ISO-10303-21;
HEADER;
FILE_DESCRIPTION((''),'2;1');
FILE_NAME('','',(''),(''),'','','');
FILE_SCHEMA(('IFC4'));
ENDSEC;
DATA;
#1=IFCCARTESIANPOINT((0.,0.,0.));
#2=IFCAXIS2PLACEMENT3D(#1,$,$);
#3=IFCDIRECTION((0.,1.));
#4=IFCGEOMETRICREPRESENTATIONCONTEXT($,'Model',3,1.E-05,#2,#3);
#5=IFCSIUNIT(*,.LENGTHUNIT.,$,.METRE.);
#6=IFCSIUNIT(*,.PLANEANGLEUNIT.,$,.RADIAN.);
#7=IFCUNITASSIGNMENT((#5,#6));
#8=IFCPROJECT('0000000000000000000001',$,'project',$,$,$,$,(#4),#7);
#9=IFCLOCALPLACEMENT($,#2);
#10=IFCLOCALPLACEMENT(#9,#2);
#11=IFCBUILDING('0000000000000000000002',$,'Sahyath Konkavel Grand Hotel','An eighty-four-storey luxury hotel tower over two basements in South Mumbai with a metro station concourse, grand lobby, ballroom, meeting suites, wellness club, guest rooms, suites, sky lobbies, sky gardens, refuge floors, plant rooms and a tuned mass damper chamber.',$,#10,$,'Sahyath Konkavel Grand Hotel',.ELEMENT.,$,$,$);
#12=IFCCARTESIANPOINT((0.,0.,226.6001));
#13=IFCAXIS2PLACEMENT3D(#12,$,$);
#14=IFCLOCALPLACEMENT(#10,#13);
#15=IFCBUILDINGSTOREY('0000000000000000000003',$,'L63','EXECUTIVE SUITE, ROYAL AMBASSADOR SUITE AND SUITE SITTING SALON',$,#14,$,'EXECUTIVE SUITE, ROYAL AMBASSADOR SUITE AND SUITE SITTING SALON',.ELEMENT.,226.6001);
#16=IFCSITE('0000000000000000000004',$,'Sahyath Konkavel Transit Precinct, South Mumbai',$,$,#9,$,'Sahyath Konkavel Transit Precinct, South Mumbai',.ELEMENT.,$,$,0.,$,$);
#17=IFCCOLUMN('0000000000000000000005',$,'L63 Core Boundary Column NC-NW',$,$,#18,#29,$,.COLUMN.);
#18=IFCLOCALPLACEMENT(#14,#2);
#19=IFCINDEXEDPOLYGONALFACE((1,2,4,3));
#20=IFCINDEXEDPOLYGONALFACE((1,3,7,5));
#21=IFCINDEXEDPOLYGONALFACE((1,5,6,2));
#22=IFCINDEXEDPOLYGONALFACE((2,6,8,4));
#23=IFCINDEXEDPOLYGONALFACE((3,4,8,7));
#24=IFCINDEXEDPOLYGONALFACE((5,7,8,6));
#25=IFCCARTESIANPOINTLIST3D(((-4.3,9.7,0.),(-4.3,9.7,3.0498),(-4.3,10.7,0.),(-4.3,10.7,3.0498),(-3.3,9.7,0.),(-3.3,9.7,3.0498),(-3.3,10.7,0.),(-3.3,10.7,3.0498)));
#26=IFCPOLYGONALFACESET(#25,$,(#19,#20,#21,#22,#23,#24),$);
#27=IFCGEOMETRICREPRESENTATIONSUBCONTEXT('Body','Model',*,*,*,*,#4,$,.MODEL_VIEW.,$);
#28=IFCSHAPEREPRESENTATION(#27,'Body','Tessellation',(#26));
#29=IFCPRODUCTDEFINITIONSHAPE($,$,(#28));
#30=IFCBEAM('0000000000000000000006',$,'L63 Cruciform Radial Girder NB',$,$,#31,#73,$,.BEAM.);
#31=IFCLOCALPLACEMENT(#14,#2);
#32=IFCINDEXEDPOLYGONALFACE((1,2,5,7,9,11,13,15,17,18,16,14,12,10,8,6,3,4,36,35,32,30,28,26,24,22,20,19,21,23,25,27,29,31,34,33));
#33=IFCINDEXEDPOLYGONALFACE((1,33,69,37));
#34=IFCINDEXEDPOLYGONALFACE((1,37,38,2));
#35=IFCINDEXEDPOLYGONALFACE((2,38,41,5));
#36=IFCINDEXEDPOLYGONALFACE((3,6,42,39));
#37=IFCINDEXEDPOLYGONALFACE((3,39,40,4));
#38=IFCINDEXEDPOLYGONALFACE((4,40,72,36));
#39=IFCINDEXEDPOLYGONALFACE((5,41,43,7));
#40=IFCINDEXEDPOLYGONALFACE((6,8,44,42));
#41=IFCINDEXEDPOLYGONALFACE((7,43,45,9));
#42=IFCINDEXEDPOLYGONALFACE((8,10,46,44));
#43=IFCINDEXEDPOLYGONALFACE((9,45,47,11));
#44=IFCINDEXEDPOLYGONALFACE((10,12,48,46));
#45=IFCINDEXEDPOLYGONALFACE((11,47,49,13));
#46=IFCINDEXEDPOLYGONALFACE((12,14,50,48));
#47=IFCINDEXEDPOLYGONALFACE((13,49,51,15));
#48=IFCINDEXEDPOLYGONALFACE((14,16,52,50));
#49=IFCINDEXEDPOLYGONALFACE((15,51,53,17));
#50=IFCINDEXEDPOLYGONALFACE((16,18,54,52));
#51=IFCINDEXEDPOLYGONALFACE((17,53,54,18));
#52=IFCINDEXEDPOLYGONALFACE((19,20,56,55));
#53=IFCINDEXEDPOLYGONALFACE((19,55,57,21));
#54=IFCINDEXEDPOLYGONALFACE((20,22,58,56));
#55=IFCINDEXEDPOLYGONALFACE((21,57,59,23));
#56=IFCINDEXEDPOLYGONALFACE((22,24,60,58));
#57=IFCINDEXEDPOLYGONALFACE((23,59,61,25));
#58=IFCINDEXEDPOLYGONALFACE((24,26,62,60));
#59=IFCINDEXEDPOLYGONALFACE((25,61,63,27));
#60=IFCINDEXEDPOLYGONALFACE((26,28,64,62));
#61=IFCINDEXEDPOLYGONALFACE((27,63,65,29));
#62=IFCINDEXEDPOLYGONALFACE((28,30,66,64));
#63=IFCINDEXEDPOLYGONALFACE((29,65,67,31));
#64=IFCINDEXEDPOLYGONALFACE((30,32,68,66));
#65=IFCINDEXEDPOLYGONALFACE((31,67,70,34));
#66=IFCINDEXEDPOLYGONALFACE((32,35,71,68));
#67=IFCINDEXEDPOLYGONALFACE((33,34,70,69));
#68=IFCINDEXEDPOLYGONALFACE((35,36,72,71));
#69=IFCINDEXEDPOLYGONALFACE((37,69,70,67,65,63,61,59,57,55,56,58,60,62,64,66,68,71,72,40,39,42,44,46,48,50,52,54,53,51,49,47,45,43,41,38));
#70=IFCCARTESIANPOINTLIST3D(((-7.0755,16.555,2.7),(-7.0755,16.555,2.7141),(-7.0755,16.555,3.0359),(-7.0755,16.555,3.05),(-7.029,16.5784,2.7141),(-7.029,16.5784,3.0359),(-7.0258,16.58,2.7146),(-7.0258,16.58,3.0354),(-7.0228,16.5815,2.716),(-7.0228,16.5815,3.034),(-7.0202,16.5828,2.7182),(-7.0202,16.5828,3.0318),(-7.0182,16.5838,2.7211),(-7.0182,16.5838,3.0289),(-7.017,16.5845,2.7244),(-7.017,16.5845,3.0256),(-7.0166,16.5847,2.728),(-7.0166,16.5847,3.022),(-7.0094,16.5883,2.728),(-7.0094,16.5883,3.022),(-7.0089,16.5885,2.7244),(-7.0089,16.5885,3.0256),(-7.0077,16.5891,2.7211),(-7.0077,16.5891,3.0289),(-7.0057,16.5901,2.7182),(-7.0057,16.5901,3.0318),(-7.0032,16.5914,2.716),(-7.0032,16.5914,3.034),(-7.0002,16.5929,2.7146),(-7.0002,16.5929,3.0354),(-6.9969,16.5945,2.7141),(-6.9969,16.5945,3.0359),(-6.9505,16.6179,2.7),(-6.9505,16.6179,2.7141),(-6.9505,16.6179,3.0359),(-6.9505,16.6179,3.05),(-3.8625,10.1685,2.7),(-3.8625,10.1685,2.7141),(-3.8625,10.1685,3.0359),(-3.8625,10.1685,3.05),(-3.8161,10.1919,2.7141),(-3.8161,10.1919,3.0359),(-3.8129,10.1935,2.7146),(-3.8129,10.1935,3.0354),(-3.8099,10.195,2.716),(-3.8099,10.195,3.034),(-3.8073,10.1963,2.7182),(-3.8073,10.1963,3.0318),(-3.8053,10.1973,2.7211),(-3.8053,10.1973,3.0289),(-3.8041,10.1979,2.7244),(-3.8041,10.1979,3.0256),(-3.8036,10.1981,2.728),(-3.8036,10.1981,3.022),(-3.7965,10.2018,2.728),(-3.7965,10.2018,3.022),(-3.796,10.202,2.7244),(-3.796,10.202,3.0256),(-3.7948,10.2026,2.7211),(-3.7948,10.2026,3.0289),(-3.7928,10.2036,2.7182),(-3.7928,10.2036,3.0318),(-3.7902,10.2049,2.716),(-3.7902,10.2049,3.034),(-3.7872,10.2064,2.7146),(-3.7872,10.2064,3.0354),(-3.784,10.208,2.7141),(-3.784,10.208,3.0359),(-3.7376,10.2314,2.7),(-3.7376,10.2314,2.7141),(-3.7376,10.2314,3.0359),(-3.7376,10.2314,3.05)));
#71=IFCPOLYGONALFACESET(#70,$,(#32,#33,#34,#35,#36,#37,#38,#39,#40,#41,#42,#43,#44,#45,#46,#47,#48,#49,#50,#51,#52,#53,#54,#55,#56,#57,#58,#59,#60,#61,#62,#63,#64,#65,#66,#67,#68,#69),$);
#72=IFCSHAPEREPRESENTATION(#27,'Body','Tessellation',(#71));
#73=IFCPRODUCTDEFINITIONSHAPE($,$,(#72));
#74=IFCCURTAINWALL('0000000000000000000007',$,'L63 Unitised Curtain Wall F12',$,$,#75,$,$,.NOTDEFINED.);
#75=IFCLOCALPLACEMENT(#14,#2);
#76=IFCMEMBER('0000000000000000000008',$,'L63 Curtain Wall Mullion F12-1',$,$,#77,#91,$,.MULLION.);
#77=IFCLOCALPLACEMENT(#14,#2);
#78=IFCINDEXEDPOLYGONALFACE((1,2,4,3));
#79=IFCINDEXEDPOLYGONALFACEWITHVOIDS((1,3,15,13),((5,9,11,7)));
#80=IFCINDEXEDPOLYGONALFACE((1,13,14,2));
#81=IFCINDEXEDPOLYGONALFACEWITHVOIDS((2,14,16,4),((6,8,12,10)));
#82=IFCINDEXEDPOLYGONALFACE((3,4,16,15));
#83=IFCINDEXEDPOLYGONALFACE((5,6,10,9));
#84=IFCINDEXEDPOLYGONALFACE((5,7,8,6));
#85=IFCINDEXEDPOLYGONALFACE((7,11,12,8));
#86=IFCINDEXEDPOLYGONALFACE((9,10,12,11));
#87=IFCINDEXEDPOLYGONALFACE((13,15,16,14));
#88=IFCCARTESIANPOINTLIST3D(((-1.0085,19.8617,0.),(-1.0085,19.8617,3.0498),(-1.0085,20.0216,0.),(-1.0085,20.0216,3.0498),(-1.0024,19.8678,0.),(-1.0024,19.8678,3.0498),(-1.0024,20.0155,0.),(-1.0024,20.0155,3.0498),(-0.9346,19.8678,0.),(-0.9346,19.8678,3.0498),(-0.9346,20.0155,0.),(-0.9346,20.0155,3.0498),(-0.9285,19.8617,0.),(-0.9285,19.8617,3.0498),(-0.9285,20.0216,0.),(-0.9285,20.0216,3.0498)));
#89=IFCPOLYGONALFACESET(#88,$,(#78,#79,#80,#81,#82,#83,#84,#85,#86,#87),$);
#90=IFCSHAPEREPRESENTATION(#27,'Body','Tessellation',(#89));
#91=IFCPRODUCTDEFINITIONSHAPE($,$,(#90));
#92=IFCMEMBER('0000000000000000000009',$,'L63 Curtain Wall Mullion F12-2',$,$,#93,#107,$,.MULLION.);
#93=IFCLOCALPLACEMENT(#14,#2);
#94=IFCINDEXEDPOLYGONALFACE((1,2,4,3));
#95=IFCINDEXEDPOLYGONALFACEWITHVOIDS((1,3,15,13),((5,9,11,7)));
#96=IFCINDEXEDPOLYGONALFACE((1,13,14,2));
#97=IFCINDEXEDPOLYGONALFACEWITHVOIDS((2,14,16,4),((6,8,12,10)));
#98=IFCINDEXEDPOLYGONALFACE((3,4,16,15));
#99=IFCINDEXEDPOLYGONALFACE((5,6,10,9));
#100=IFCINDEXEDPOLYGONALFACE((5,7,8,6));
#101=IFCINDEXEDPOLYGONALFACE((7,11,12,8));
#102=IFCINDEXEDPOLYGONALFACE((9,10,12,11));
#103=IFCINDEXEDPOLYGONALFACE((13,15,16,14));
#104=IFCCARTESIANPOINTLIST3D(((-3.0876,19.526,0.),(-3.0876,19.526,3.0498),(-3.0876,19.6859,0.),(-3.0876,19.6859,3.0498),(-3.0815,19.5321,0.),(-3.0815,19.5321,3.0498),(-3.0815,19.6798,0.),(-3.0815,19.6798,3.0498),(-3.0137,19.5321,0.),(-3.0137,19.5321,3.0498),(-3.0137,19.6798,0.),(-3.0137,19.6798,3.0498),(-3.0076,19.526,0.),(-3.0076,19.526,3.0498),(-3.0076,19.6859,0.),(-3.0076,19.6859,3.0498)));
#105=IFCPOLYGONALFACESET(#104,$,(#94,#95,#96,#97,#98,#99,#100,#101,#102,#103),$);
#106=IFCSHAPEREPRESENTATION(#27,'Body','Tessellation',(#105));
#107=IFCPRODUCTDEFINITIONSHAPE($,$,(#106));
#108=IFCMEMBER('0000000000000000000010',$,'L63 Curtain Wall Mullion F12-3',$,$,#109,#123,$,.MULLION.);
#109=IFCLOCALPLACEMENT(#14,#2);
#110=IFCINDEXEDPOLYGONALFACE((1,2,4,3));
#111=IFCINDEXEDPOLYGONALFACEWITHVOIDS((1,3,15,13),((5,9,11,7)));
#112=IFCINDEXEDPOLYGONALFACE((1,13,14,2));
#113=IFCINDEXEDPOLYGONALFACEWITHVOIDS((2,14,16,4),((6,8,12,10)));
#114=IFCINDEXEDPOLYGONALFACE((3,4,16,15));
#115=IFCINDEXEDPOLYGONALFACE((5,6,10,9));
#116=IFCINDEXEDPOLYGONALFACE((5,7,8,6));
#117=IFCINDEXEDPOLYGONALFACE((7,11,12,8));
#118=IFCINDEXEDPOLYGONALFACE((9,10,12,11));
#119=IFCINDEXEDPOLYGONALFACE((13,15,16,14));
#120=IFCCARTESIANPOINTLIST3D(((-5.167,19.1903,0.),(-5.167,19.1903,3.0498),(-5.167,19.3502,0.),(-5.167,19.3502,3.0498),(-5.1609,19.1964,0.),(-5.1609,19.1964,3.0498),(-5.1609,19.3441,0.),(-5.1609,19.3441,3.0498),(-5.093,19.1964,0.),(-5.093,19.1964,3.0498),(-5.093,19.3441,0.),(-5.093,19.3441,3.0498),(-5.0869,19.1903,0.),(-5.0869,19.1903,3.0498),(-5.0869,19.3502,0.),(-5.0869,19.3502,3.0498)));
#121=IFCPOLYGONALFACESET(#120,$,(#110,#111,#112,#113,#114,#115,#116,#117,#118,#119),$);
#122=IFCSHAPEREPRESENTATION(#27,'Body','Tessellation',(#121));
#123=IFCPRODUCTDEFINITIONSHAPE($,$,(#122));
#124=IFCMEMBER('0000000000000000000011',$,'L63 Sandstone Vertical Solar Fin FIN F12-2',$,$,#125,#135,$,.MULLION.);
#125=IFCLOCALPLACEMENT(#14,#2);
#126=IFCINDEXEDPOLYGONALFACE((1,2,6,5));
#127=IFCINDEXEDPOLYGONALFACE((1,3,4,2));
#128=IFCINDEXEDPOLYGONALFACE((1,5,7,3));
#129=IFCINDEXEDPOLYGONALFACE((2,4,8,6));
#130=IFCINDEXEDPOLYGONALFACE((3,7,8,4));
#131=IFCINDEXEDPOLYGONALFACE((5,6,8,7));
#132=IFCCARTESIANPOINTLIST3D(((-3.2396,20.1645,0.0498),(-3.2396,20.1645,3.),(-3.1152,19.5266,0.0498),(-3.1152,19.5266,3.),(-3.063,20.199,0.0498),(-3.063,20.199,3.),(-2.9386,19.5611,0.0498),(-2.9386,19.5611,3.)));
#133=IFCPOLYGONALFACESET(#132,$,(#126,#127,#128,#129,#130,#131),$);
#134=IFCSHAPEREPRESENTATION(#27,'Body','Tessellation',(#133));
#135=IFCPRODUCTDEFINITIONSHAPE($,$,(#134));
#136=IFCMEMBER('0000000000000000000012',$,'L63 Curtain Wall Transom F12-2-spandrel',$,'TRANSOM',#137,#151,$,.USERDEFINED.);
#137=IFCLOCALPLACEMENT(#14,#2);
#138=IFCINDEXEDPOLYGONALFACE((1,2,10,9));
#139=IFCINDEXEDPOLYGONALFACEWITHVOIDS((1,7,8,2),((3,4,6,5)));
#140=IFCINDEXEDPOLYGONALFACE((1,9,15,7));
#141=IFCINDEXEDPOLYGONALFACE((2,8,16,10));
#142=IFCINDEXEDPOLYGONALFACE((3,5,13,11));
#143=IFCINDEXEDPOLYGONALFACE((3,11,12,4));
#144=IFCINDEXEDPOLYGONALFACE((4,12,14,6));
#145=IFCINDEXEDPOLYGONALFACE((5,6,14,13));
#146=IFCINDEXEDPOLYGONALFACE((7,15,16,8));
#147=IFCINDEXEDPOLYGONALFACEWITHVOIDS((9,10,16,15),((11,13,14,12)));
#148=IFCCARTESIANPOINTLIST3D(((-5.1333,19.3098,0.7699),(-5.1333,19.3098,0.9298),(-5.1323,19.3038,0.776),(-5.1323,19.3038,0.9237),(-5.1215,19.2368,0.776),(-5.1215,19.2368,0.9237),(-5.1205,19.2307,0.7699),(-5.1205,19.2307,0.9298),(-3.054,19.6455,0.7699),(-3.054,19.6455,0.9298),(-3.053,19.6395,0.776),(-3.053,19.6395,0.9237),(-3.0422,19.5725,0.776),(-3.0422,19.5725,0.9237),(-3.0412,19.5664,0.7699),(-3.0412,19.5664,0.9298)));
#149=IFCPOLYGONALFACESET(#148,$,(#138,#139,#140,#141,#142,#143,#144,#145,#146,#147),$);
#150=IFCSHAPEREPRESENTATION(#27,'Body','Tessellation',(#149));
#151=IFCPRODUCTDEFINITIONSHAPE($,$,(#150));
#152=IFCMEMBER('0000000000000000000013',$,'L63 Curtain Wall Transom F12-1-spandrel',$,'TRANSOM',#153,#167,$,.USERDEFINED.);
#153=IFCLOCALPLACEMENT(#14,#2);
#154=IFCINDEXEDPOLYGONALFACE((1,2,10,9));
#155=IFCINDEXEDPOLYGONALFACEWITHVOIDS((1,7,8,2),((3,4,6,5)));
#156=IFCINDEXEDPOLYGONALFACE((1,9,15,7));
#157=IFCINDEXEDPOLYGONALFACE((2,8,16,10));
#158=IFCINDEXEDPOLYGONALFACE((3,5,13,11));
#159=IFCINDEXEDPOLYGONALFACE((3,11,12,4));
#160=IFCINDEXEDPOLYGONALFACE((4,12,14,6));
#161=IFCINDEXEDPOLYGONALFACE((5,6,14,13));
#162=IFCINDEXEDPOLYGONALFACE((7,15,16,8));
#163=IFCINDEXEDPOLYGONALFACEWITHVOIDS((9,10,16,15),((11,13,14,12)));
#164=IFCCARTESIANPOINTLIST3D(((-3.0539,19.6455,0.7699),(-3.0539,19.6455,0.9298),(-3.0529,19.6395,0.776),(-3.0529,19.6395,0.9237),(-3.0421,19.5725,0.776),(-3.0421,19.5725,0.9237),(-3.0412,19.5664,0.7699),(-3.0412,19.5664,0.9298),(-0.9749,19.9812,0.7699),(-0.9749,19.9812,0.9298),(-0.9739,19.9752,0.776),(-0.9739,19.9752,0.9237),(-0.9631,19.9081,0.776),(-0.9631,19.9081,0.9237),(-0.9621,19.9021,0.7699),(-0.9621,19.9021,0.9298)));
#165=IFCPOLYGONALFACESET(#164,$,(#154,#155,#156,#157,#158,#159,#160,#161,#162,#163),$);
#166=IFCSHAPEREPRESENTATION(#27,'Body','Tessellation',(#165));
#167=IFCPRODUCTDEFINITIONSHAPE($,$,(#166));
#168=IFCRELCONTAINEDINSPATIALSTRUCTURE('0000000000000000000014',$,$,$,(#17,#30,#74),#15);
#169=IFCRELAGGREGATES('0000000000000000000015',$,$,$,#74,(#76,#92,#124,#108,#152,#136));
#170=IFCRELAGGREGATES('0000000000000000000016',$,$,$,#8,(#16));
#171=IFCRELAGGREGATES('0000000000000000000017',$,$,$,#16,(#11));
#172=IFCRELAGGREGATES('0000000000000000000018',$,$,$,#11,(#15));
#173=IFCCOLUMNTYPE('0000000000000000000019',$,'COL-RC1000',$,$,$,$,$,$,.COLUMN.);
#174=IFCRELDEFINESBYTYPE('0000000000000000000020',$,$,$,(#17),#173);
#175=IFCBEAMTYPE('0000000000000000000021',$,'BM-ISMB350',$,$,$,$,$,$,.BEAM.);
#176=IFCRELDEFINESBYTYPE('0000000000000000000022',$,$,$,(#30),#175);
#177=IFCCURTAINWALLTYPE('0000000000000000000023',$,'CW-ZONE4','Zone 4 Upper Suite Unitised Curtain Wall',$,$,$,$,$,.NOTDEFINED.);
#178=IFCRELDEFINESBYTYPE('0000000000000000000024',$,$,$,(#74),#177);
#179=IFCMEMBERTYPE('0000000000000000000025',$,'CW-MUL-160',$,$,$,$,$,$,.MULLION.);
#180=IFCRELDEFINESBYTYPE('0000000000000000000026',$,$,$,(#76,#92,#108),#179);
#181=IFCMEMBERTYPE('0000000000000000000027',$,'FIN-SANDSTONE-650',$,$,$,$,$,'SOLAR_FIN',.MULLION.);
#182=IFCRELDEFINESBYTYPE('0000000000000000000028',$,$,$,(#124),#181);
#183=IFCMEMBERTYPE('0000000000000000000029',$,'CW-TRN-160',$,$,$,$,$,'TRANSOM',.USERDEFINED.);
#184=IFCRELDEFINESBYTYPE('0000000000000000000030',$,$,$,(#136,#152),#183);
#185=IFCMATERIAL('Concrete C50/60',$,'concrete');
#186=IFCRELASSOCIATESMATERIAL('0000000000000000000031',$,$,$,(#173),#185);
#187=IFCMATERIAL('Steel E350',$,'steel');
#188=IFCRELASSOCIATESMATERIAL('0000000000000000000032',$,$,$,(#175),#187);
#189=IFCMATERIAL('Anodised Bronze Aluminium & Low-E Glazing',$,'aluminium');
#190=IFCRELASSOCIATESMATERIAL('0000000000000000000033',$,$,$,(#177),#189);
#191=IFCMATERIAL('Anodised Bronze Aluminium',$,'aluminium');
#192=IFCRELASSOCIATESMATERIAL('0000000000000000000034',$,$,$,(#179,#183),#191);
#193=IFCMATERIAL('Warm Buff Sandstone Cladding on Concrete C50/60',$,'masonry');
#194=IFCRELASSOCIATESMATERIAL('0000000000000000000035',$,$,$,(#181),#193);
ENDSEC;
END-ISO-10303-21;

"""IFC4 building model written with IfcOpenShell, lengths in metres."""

from ifc_helpers import new_model, si_unit, direction, frame, origin, origin_2d, place, context, subcontext, project, spatial, rectangle, hollow_rectangle, i_section, extrude, source, transform, mapped, material, material_profile, profile_set, type_object, element, aggregate, save


model = new_model("IFC4")

# Units and contexts
model_context = context("Model", 3, precision=1e-05, world=origin(), true_north=direction((0.0, 1.0)))
body_context = subcontext(model_context, "Body", "Model", "MODEL_VIEW")
ifc_project = project(units=[si_unit("LENGTHUNIT", "METRE"), si_unit("PLANEANGLEUNIT", "RADIAN")], contexts=[model_context])

# Site, building, storey
site_placement = place(None, origin())
site = spatial("IfcSite", under=ifc_project, at=site_placement, Name="Sahyath Konkavel Transit Precinct, South Mumbai", LongName="Sahyath Konkavel Transit Precinct, South Mumbai", CompositionType="ELEMENT", RefElevation=0.0)
building_placement = place(site_placement, origin())
building = spatial("IfcBuilding", under=site, at=building_placement, Name="Sahyath Konkavel Grand Hotel", Description="An eighty-four-storey luxury hotel tower over two basements in South Mumbai with a metro station concourse, grand lobby, ballroom, meeting suites, wellness club, guest rooms, suites, sky lobbies, sky gardens, refuge floors, plant rooms and a tuned mass damper chamber.", LongName="Sahyath Konkavel Grand Hotel", CompositionType="ELEMENT")
storey_placement = place(building_placement, frame((0.0, 0.0, 226.6001)))
storey = spatial("IfcBuildingStorey", under=building, at=storey_placement, Name="L63", Description="EXECUTIVE SUITE, ROYAL AMBASSADOR SUITE AND SUITE SITTING SALON", LongName="EXECUTIVE SUITE, ROYAL AMBASSADOR SUITE AND SUITE SITTING SALON", CompositionType="ELEMENT", Elevation=226.6001)

# Column
ifc_material_1 = material(Name="Concrete C50/60", Category="concrete")
ifc_material_profile_1 = material_profile(ifc_material_1, rectangle(XDim=1.0, YDim=1.0, at=origin_2d()), Name="RC 1000x1000")
ifc_profile_set_1 = profile_set([ifc_material_profile_1], Name="Concrete C50/60")
column_type = type_object("IfcColumnType", Name="COL-RC1000", PredefinedType="COLUMN", material=ifc_profile_set_1)
shared_shape_1 = source(origin(), body_context, "Body", "SweptSolid", [
    extrude(rectangle(XDim=1.0, YDim=1.0, at=origin_2d()), origin(), (0.0, 0.0, 1.0), 3.0498),
])
column_placement = place(storey_placement, frame((-3.8, 10.2, 0.0), z_axis=(0.0, 0.0, 1.0), x_axis=(1.0, 0.0, 0.0)))
element("IfcColumn", 1, at=column_placement, inside=storey, type_object=column_type, Name="L63 Core Boundary Column NC-NW", PredefinedType="COLUMN", context=body_context, shape_type="MappedRepresentation", body=[
    mapped(shared_shape_1, transform((0.0, 0.0, 0.0), scale=1.0)),
])

# Beam
ifc_material_2 = material(Name="Steel E350", Category="steel")
ifc_material_profile_2 = material_profile(ifc_material_2, i_section(OverallWidth=0.1399, OverallDepth=0.3501, WebThickness=0.0081, FlangeThickness=0.0142, FilletRadius=0.0139, at=origin_2d()), Name="ISMB 350")
ifc_profile_set_2 = profile_set([ifc_material_profile_2], Name="Steel E350")
beam_type_1 = type_object("IfcBeamType", Name="BM-ISMB350", PredefinedType="BEAM", material=ifc_profile_set_2)
shared_shape_2 = source(origin(), body_context, "Body", "SweptSolid", [
    extrude(i_section(OverallWidth=0.1399, OverallDepth=0.3501, WebThickness=0.0081, FlangeThickness=0.0142, FilletRadius=0.0139, at=origin_2d()), origin(), (0.0, 0.0, 1.0), 7.1492),
])
beam_1_placement = place(storey_placement, frame((-3.8, 10.2, 2.875), z_axis=(-0.449411, 0.893325, 0.0), x_axis=(-0.893325, -0.449411, 0.0)))
element("IfcBeam", 2, at=beam_1_placement, inside=storey, type_object=beam_type_1, Name="L63 Cruciform Radial Girder NB", PredefinedType="BEAM", context=body_context, shape_type="MappedRepresentation", body=[
    mapped(shared_shape_2, transform((0.0, 0.0, 0.0), scale=1.0)),
])

# Curtain wall, members
ifc_material_3 = material(Name="Anodised Bronze Aluminium & Low-E Glazing", Category="aluminium")
curtain_wall_type = type_object("IfcCurtainWallType", Name="CW-ZONE4", Description="Zone 4 Upper Suite Unitised Curtain Wall", PredefinedType="NOTDEFINED", material=ifc_material_3)
curtain_wall_placement = place(storey_placement, origin())
curtain_wall = element("IfcCurtainWall", 3, at=curtain_wall_placement, inside=storey, type_object=curtain_wall_type, Name="L63 Unitised Curtain Wall F12", PredefinedType="NOTDEFINED")
ifc_material_4 = material(Name="Anodised Bronze Aluminium", Category="aluminium")
ifc_material_profile_3 = material_profile(ifc_material_4, hollow_rectangle(XDim=0.0801, YDim=0.1599, WallThickness=0.0061, at=origin_2d()), Name="RHS 160x80x6")
ifc_profile_set_3 = profile_set([ifc_material_profile_3], Name="Anodised Bronze Aluminium")
member_type_1 = type_object("IfcMemberType", Name="CW-MUL-160", PredefinedType="MULLION", material=ifc_profile_set_3)
shared_shape_3 = source(origin(), body_context, "Body", "SweptSolid", [
    extrude(hollow_rectangle(XDim=0.0801, YDim=0.1599, WallThickness=0.0061, at=origin_2d()), origin(), (0.0, 0.0, 1.0), 3.0498),
])
member_1_placement = place(storey_placement, frame((-0.9685, 19.9417, 0.0), z_axis=(0.0, 0.0, 1.0), x_axis=(1.0, 0.0, 0.0)))
member_1 = element("IfcMember", 4, at=member_1_placement, type_object=member_type_1, Name="L63 Curtain Wall Mullion F12-1", PredefinedType="MULLION", context=body_context, shape_type="MappedRepresentation", body=[
    mapped(shared_shape_3, transform((0.0, 0.0, 0.0), scale=1.0)),
])
member_2_placement = place(storey_placement, frame((-3.0476, 19.606, 0.0), z_axis=(0.0, 0.0, 1.0), x_axis=(1.0, 0.0, 0.0)))
member_2 = element("IfcMember", 5, at=member_2_placement, type_object=member_type_1, Name="L63 Curtain Wall Mullion F12-2", PredefinedType="MULLION", context=body_context, shape_type="MappedRepresentation", body=[
    mapped(shared_shape_3, transform((0.0, 0.0, 0.0), scale=1.0)),
])
member_3_placement = place(storey_placement, frame((-5.127, 19.2703, 0.0), z_axis=(0.0, 0.0, 1.0), x_axis=(1.0, 0.0, 0.0)))
member_3 = element("IfcMember", 6, at=member_3_placement, type_object=member_type_1, Name="L63 Curtain Wall Mullion F12-3", PredefinedType="MULLION", context=body_context, shape_type="MappedRepresentation", body=[
    mapped(shared_shape_3, transform((0.0, 0.0, 0.0), scale=1.0)),
])
ifc_material_5 = material(Name="Warm Buff Sandstone Cladding on Concrete C50/60", Category="masonry")
ifc_material_profile_4 = material_profile(ifc_material_5, rectangle(XDim=0.1799, YDim=0.6499, at=origin_2d()), Name="FIN 180x650")
ifc_profile_set_4 = profile_set([ifc_material_profile_4], Name="Warm Buff Sandstone Cladding on Concrete C50/60")
member_type_2 = type_object("IfcMemberType", Name="FIN-SANDSTONE-650", ElementType="SOLAR_FIN", PredefinedType="MULLION", material=ifc_profile_set_4)
shared_shape_4 = source(origin(), body_context, "Body", "SweptSolid", [
    extrude(rectangle(XDim=0.1799, YDim=0.6499, at=origin_2d()), origin(), (0.0, 0.0, 1.0), 2.9502),
])
member_4_placement = place(storey_placement, frame((-3.0891, 19.8628, 0.0498), z_axis=(0.0, 0.0, 1.0), x_axis=(0.981527, 0.191323, 0.0)))
member_4 = element("IfcMember", 7, at=member_4_placement, type_object=member_type_2, Name="L63 Sandstone Vertical Solar Fin FIN F12-2", PredefinedType="MULLION", context=body_context, shape_type="MappedRepresentation", body=[
    mapped(shared_shape_4, transform((0.0, 0.0, 0.0), scale=1.0)),
])
ifc_material_profile_5 = material_profile(ifc_material_4, hollow_rectangle(XDim=0.0801, YDim=0.1599, WallThickness=0.0061, at=origin_2d()), Name="RHS 160x80x6")
ifc_profile_set_5 = profile_set([ifc_material_profile_5], Name="Anodised Bronze Aluminium")
member_type_3 = type_object("IfcMemberType", Name="CW-TRN-160", ElementType="TRANSOM", PredefinedType="USERDEFINED", material=ifc_profile_set_5)
shared_shape_5 = source(origin(), body_context, "Body", "SweptSolid", [
    extrude(hollow_rectangle(XDim=0.0801, YDim=0.1599, WallThickness=0.0061, at=origin_2d()), origin(), (0.0, 0.0, 1.0), 2.1062),
])
member_5_placement = place(storey_placement, frame((-3.0476, 19.606, 0.8499), z_axis=(-0.987218, -0.159378, 0.0), x_axis=(0.159378, -0.987218, 0.0)))
member_5 = element("IfcMember", 8, at=member_5_placement, type_object=member_type_3, Name="L63 Curtain Wall Transom F12-2-spandrel", ObjectType="TRANSOM", PredefinedType="USERDEFINED", context=body_context, shape_type="MappedRepresentation", body=[
    mapped(shared_shape_5, transform((0.0, 0.0, 0.0), scale=1.0)),
])
shared_shape_6 = source(origin(), body_context, "Body", "SweptSolid", [
    extrude(hollow_rectangle(XDim=0.0801, YDim=0.1599, WallThickness=0.0061, at=origin_2d()), origin(), (0.0, 0.0, 1.0), 2.106),
])
member_6_placement = place(storey_placement, frame((-0.9685, 19.9417, 0.8499), z_axis=(-0.987215, -0.159396, 0.0), x_axis=(0.159396, -0.987215, 0.0)))
member_6 = element("IfcMember", 9, at=member_6_placement, type_object=member_type_3, Name="L63 Curtain Wall Transom F12-1-spandrel", ObjectType="TRANSOM", PredefinedType="USERDEFINED", context=body_context, shape_type="MappedRepresentation", body=[
    mapped(shared_shape_6, transform((0.0, 0.0, 0.0), scale=1.0)),
])

aggregate(curtain_wall, [member_1, member_2, member_4, member_3, member_6, member_5])

save(model, "model.ifc")
